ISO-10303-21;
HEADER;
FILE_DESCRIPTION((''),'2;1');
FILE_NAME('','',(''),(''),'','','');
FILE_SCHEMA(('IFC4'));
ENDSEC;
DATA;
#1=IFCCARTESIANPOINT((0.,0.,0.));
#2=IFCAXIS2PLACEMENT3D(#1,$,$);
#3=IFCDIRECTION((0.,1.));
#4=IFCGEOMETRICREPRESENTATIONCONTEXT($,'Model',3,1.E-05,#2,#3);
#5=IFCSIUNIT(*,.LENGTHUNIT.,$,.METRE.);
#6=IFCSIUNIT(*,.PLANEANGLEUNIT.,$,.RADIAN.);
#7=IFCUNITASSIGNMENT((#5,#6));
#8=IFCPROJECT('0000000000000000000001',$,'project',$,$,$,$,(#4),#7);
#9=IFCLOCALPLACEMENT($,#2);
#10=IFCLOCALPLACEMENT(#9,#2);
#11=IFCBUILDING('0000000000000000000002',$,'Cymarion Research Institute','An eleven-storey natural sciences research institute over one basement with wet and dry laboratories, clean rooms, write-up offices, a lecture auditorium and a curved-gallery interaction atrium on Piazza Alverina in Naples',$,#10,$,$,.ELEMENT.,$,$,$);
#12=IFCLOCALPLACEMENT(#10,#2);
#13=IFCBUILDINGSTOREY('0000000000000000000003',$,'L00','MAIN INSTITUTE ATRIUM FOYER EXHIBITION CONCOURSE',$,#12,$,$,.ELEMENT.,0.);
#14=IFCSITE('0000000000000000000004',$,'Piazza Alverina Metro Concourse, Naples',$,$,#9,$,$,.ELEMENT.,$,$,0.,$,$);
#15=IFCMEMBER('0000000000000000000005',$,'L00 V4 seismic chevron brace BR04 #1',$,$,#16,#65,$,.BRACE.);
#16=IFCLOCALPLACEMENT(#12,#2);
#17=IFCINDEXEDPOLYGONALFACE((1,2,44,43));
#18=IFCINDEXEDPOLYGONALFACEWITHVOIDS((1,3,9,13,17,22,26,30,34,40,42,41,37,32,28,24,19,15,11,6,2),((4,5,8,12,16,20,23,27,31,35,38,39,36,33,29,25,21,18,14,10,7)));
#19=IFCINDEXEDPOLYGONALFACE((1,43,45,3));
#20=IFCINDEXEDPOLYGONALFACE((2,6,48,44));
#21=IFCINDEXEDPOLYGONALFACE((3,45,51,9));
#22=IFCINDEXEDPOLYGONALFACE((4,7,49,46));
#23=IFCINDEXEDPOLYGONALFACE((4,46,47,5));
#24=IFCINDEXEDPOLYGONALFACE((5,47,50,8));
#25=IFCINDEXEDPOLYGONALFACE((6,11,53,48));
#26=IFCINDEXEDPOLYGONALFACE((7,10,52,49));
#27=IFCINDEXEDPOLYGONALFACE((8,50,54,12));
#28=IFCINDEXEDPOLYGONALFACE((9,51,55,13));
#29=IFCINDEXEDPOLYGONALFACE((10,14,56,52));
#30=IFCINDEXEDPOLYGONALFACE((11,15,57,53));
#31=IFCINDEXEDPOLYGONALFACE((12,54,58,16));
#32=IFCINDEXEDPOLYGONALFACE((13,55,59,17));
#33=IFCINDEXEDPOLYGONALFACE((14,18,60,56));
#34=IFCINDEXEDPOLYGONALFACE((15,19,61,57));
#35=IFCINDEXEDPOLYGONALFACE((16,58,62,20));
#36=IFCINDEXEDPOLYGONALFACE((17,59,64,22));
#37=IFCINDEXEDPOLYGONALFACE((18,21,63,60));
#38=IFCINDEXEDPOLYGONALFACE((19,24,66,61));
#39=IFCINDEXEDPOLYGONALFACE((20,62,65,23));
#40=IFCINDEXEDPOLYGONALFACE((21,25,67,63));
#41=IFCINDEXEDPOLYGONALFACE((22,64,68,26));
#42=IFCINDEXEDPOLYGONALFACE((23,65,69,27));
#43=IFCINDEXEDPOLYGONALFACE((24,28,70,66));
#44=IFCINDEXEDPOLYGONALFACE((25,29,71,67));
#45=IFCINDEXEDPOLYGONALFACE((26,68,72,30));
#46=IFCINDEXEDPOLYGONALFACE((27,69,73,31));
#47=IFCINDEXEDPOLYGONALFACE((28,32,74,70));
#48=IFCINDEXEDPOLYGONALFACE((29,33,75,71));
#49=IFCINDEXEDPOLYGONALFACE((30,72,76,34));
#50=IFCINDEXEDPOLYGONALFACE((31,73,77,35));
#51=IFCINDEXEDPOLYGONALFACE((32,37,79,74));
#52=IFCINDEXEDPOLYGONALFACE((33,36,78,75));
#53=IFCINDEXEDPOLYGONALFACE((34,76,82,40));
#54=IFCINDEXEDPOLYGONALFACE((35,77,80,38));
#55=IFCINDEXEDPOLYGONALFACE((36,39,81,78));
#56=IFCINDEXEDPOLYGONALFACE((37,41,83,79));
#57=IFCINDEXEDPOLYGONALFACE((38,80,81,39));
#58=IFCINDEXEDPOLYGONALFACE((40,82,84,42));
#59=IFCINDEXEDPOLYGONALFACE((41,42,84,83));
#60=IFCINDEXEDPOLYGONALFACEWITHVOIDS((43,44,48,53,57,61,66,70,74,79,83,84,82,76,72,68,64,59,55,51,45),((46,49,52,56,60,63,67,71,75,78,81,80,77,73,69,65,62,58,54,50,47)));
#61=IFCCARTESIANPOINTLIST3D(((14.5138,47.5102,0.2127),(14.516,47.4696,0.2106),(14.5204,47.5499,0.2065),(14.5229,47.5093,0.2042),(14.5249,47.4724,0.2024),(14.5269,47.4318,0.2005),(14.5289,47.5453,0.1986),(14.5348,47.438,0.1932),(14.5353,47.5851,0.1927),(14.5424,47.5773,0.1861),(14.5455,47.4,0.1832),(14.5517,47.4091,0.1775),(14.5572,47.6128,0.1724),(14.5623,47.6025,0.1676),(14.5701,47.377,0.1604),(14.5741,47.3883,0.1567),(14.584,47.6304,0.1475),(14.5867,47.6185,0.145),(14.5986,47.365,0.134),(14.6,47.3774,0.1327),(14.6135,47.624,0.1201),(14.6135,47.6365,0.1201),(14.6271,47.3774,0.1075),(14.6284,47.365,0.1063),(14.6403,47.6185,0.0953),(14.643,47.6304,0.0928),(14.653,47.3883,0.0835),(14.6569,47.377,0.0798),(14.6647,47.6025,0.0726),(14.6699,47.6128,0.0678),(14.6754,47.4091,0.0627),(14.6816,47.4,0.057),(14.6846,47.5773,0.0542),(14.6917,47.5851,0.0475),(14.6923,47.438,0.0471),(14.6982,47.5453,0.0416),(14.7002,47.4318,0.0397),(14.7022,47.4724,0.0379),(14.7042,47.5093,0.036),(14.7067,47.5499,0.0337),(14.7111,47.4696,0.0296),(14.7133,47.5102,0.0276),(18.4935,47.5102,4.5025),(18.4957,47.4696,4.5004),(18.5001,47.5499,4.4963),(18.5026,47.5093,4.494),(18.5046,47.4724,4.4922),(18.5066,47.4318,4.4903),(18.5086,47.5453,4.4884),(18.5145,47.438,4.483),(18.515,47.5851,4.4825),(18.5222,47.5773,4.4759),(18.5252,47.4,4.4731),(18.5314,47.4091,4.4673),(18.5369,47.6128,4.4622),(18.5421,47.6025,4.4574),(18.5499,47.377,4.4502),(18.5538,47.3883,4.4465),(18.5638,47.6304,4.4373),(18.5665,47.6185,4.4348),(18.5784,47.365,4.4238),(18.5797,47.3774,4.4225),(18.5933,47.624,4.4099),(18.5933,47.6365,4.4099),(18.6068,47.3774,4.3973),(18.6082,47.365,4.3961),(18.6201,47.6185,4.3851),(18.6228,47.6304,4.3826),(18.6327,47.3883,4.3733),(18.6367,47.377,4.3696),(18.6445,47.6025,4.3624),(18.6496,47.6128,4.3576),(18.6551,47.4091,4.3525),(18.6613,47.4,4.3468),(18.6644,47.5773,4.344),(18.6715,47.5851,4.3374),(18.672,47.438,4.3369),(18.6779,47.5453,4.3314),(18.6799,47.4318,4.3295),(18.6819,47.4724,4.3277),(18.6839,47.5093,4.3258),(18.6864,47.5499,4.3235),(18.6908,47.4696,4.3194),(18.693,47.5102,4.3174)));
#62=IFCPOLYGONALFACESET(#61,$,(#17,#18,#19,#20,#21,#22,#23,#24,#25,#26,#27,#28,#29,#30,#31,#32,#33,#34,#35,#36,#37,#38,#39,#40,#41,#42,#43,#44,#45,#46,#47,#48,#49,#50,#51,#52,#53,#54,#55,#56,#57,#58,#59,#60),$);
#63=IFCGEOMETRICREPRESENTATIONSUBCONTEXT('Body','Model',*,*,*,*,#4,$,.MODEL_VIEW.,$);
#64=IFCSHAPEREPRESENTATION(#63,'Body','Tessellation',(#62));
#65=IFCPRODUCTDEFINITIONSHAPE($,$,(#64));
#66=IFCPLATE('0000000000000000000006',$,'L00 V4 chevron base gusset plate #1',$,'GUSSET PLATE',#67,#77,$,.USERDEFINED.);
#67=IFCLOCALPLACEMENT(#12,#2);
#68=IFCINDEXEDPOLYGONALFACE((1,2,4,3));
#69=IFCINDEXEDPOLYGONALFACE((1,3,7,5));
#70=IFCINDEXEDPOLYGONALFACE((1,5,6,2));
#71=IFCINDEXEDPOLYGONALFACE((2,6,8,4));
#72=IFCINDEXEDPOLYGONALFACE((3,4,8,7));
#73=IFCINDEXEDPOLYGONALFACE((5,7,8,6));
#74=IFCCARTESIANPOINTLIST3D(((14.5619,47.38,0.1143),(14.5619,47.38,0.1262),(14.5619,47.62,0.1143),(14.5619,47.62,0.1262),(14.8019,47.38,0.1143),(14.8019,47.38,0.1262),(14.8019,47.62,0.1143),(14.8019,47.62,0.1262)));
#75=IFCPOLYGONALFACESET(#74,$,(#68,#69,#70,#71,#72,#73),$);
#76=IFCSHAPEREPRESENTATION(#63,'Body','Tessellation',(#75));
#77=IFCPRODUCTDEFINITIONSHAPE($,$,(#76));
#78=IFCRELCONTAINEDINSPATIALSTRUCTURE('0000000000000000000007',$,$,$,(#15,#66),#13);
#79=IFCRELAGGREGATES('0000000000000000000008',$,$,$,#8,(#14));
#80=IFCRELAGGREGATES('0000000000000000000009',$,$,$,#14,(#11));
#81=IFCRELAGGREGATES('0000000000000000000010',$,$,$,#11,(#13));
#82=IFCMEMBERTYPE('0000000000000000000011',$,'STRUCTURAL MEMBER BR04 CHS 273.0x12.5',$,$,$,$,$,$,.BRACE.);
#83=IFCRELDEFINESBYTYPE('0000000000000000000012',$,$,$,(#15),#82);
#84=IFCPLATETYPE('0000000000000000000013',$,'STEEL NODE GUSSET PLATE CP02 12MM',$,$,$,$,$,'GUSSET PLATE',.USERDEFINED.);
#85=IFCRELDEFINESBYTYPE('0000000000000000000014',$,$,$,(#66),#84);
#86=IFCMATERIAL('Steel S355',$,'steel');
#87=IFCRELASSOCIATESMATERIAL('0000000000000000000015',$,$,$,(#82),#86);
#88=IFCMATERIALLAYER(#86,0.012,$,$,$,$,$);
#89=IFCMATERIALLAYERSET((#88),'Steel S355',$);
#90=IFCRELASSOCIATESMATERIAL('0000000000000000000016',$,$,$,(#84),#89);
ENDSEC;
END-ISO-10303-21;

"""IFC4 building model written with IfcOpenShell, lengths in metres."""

from ifc_helpers import new_model, si_unit, direction, frame, origin, origin_2d, place, context, subcontext, project, spatial, rectangle, hollow_circle, extrude, material, layer, layer_set, material_profile, profile_set, type_object, element, save


model = new_model("IFC4")

# Units and contexts
model_context = context("Model", 3, precision=1e-05, world=origin(), true_north=direction((0.0, 1.0)))
body_context = subcontext(model_context, "Body", "Model", "MODEL_VIEW")
ifc_project = project(units=[si_unit("LENGTHUNIT", "METRE"), si_unit("PLANEANGLEUNIT", "RADIAN")], contexts=[model_context])

# Site, building, storey
site_placement = place(None, origin())
site = spatial("IfcSite", under=ifc_project, at=site_placement, Name="Piazza Alverina Metro Concourse, Naples", CompositionType="ELEMENT", RefElevation=0.0)
building_placement = place(site_placement, origin())
building = spatial("IfcBuilding", under=site, at=building_placement, Name="Cymarion Research Institute", Description="An eleven-storey natural sciences research institute over one basement with wet and dry laboratories, clean rooms, write-up offices, a lecture auditorium and a curved-gallery interaction atrium on Piazza Alverina in Naples", CompositionType="ELEMENT")
storey_placement = place(building_placement, origin())
storey = spatial("IfcBuildingStorey", under=building, at=storey_placement, Name="L00", Description="MAIN INSTITUTE ATRIUM FOYER EXHIBITION CONCOURSE", CompositionType="ELEMENT", Elevation=0.0)

# Shared definitions
ifc_material_1 = material(Name="Steel S355", Category="steel")

# Member
ifc_material_profile_1 = material_profile(ifc_material_1, hollow_circle(Radius=0.1365, WallThickness=0.0125, at=origin_2d()), Name="CHS 273.0x12.5")
ifc_profile_set_1 = profile_set([ifc_material_profile_1], Name="Steel S355")
member_type = type_object("IfcMemberType", Name="STRUCTURAL MEMBER BR04 CHS 273.0x12.5", PredefinedType="BRACE", material=ifc_profile_set_1)
member_placement = place(storey_placement, frame((14.6135, 47.5, 0.1201), z_axis=(0.680117, 0.0, 0.733104), x_axis=(0.0, 1.0, 0.0)))
element("IfcMember", 1, at=member_placement, inside=storey, type_object=member_type, Name="L00 V4 seismic chevron brace BR04 #1", PredefinedType="BRACE", context=body_context, shape_type="SweptSolid", body=[
    extrude(hollow_circle(Radius=0.1365, WallThickness=0.0125, at=origin_2d()), origin(), (0.0, 0.0, 1.0), 5.8516),
])

# Plate
ifc_layer_1 = layer(ifc_material_1, 0.012)
ifc_layer_set_1 = layer_set([ifc_layer_1], Name="Steel S355")
plate_type = type_object("IfcPlateType", Name="STEEL NODE GUSSET PLATE CP02 12MM", ElementType="GUSSET PLATE", PredefinedType="USERDEFINED", material=ifc_layer_set_1)
plate_placement = place(storey_placement, frame((14.6819, 47.5, 0.1143), z_axis=(0.0, 0.0, 1.0), x_axis=(1.0, 0.0, 0.0)))
element("IfcPlate", 2, at=plate_placement, inside=storey, type_object=plate_type, Name="L00 V4 chevron base gusset plate #1", ObjectType="GUSSET PLATE", PredefinedType="USERDEFINED", context=body_context, shape_type="SweptSolid", body=[
    extrude(rectangle(XDim=0.24, YDim=0.24, at=origin_2d()), origin(), (0.0, 0.0, 1.0), 0.012),
])

save(model, "model.ifc")
